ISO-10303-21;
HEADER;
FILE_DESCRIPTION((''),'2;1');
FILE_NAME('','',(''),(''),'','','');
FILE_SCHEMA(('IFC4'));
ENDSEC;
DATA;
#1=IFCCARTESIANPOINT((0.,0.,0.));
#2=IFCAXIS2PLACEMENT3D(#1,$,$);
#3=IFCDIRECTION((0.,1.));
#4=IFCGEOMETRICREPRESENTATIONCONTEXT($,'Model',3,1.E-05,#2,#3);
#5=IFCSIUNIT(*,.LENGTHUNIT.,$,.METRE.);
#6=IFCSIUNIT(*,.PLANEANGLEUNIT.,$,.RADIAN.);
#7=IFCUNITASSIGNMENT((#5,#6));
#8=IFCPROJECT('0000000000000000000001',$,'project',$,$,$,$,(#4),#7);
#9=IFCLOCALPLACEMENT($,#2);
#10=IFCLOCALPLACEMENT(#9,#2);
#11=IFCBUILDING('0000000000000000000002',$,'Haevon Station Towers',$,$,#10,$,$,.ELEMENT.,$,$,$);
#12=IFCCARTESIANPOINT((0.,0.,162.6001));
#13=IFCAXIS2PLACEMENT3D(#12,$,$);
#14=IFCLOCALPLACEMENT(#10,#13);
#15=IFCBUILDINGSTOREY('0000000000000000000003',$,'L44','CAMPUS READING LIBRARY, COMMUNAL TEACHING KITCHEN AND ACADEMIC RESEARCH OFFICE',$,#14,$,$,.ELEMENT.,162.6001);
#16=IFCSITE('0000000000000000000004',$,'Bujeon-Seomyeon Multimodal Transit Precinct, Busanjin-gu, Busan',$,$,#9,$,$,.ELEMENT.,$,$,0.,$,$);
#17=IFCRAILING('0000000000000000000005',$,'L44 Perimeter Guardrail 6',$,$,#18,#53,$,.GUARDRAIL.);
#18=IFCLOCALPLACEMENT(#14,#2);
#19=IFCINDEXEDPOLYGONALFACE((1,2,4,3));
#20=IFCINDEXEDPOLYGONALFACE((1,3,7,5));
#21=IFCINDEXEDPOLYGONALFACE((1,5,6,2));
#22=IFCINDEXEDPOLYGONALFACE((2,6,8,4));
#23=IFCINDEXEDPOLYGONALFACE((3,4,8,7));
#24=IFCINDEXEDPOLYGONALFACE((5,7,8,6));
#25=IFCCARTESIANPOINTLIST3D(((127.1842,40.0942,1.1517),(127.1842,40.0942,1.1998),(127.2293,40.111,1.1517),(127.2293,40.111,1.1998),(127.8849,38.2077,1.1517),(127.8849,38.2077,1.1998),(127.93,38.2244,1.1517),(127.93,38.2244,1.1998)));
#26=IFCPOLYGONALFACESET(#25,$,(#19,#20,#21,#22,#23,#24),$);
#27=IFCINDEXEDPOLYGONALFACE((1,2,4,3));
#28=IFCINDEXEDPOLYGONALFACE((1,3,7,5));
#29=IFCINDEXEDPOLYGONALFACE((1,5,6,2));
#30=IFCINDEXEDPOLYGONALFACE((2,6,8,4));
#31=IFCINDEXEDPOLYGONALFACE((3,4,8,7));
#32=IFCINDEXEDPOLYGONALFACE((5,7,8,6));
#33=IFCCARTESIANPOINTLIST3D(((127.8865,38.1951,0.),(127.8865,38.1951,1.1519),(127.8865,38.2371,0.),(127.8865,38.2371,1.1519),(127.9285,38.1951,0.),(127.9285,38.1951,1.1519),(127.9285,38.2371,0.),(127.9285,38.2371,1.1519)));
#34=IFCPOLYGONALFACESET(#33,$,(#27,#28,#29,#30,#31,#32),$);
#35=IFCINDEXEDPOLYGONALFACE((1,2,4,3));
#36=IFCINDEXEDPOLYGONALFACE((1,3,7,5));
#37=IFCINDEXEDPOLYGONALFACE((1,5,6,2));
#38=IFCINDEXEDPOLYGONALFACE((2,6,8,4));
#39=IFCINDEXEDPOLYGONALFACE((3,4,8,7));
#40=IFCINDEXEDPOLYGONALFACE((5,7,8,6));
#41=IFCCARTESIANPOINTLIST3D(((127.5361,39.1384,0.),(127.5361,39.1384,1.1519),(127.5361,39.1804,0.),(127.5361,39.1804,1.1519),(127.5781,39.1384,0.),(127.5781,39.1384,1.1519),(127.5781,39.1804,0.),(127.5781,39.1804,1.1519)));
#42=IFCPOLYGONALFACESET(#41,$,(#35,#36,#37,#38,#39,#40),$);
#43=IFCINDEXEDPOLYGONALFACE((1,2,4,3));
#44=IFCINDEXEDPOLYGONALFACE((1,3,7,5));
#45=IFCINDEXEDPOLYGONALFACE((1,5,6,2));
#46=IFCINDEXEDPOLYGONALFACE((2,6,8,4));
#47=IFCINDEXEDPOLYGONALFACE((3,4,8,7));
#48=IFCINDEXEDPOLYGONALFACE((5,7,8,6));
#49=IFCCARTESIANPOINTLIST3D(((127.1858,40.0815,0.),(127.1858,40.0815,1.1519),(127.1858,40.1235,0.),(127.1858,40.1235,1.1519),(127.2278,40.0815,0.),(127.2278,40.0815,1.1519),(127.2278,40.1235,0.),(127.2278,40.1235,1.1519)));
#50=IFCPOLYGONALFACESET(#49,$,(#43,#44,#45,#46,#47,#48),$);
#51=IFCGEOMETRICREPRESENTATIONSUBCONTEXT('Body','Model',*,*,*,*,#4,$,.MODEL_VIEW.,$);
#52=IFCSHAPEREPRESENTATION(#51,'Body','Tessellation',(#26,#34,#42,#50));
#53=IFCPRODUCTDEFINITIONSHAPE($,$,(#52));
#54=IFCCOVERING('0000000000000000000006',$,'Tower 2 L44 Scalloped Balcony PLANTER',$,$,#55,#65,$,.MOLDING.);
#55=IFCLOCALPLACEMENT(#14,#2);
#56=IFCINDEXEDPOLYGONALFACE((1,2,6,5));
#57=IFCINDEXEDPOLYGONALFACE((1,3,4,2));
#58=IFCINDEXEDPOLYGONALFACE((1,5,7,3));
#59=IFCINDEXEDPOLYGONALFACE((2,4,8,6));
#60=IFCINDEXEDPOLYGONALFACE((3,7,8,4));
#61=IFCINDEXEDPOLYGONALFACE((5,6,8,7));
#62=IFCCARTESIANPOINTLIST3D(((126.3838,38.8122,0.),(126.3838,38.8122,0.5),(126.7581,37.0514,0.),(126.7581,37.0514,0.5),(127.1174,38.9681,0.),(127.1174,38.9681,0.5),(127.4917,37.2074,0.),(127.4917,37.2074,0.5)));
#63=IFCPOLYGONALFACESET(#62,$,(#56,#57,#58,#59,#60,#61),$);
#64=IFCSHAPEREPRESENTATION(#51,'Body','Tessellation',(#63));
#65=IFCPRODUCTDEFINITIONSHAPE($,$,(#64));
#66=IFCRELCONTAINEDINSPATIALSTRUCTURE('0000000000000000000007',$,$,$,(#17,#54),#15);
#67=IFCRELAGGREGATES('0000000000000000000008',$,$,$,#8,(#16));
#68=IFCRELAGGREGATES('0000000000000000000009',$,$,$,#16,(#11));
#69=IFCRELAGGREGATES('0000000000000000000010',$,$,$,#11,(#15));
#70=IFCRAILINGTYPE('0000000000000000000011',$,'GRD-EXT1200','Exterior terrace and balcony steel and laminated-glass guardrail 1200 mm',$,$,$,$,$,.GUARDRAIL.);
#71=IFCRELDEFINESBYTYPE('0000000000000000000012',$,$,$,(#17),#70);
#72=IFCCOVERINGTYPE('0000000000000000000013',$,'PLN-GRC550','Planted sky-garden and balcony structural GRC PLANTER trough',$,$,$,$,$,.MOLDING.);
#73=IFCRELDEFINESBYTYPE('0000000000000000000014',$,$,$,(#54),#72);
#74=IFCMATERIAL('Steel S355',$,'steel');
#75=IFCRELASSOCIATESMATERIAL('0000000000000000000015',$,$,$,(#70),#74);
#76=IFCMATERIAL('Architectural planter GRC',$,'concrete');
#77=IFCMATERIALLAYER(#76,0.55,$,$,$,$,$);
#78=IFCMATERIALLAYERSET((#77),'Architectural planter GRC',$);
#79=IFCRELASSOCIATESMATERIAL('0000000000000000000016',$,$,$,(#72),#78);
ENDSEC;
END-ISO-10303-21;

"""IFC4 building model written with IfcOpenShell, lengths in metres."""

from ifc_helpers import new_model, si_unit, direction, frame, origin, origin_2d, place, context, subcontext, project, spatial, rectangle, extrude, material, layer, layer_set, type_object, element, save


model = new_model("IFC4")

# Units and contexts
model_context = context("Model", 3, precision=1e-05, world=origin(), true_north=direction((0.0, 1.0)))
body_context = subcontext(model_context, "Body", "Model", "MODEL_VIEW")
ifc_project = project(units=[si_unit("LENGTHUNIT", "METRE"), si_unit("PLANEANGLEUNIT", "RADIAN")], contexts=[model_context])

# Site, building, storey
site_placement = place(None, origin())
site = spatial("IfcSite", under=ifc_project, at=site_placement, Name="Bujeon-Seomyeon Multimodal Transit Precinct, Busanjin-gu, Busan", CompositionType="ELEMENT", RefElevation=0.0)
building_placement = place(site_placement, origin())
building = spatial("IfcBuilding", under=site, at=building_placement, Name="Haevon Station Towers", CompositionType="ELEMENT")
storey_placement = place(building_placement, frame((0.0, 0.0, 162.6001)))
storey = spatial("IfcBuildingStorey", under=building, at=storey_placement, Name="L44", Description="CAMPUS READING LIBRARY, COMMUNAL TEACHING KITCHEN AND ACADEMIC RESEARCH OFFICE", CompositionType="ELEMENT", Elevation=162.6001)

# Shared definitions
ifc_material_1 = material(Name="Steel S355", Category="steel")

# Railing
railing_type = type_object("IfcRailingType", Name="GRD-EXT1200", Description="Exterior terrace and balcony steel and laminated-glass guardrail 1200 mm", PredefinedType="GUARDRAIL", material=ifc_material_1)
railing_1_placement = place(storey_placement, frame((127.9075, 38.2161, 0.0)))
element("IfcRailing", 1, at=railing_1_placement, inside=storey, type_object=railing_type, Name="L44 Perimeter Guardrail 6", PredefinedType="GUARDRAIL", context=body_context, shape_type="SweptSolid", body=[
    extrude(rectangle(XDim=0.0481, YDim=0.0481, at=origin_2d()), frame((0.0, 0.0, 1.1758), z_axis=(-0.348183, 0.937426, 0.0), x_axis=(-0.937426, -0.348183, 0.0)), (0.0, 0.0, 1.0), 2.0125),
    extrude(rectangle(XDim=0.042, YDim=0.042, at=origin_2d()), origin(), (0.0, 0.0, 1.0), 1.1519),
    extrude(rectangle(XDim=0.042, YDim=0.042, at=origin_2d()), frame((-0.3503, 0.9434, 0.0)), (0.0, 0.0, 1.0), 1.1519),
    extrude(rectangle(XDim=0.042, YDim=0.042, at=origin_2d()), frame((-0.7007, 1.8865, 0.0)), (0.0, 0.0, 1.0), 1.1519),
])

# Covering
ifc_material_2 = material(Name="Architectural planter GRC", Category="concrete")
ifc_layer_1 = layer(ifc_material_2, 0.55)
ifc_layer_set_1 = layer_set([ifc_layer_1], Name="Architectural planter GRC")
covering_type = type_object("IfcCoveringType", Name="PLN-GRC550", Description="Planted sky-garden and balcony structural GRC PLANTER trough", PredefinedType="MOLDING", material=ifc_layer_set_1)
covering_placement = place(storey_placement, frame((126.9377, 38.0098, 0.0), z_axis=(0.0, 0.0, 1.0), x_axis=(0.978148, 0.207912, 0.0)))
element("IfcCovering", 2, at=covering_placement, inside=storey, type_object=covering_type, Name="Tower 2 L44 Scalloped Balcony PLANTER", PredefinedType="MOLDING", context=body_context, shape_type="SweptSolid", body=[
    extrude(rectangle(XDim=0.75, YDim=1.8, at=origin_2d()), origin(), (0.0, 0.0, 1.0), 0.5),
])

save(model, "model.ifc")
